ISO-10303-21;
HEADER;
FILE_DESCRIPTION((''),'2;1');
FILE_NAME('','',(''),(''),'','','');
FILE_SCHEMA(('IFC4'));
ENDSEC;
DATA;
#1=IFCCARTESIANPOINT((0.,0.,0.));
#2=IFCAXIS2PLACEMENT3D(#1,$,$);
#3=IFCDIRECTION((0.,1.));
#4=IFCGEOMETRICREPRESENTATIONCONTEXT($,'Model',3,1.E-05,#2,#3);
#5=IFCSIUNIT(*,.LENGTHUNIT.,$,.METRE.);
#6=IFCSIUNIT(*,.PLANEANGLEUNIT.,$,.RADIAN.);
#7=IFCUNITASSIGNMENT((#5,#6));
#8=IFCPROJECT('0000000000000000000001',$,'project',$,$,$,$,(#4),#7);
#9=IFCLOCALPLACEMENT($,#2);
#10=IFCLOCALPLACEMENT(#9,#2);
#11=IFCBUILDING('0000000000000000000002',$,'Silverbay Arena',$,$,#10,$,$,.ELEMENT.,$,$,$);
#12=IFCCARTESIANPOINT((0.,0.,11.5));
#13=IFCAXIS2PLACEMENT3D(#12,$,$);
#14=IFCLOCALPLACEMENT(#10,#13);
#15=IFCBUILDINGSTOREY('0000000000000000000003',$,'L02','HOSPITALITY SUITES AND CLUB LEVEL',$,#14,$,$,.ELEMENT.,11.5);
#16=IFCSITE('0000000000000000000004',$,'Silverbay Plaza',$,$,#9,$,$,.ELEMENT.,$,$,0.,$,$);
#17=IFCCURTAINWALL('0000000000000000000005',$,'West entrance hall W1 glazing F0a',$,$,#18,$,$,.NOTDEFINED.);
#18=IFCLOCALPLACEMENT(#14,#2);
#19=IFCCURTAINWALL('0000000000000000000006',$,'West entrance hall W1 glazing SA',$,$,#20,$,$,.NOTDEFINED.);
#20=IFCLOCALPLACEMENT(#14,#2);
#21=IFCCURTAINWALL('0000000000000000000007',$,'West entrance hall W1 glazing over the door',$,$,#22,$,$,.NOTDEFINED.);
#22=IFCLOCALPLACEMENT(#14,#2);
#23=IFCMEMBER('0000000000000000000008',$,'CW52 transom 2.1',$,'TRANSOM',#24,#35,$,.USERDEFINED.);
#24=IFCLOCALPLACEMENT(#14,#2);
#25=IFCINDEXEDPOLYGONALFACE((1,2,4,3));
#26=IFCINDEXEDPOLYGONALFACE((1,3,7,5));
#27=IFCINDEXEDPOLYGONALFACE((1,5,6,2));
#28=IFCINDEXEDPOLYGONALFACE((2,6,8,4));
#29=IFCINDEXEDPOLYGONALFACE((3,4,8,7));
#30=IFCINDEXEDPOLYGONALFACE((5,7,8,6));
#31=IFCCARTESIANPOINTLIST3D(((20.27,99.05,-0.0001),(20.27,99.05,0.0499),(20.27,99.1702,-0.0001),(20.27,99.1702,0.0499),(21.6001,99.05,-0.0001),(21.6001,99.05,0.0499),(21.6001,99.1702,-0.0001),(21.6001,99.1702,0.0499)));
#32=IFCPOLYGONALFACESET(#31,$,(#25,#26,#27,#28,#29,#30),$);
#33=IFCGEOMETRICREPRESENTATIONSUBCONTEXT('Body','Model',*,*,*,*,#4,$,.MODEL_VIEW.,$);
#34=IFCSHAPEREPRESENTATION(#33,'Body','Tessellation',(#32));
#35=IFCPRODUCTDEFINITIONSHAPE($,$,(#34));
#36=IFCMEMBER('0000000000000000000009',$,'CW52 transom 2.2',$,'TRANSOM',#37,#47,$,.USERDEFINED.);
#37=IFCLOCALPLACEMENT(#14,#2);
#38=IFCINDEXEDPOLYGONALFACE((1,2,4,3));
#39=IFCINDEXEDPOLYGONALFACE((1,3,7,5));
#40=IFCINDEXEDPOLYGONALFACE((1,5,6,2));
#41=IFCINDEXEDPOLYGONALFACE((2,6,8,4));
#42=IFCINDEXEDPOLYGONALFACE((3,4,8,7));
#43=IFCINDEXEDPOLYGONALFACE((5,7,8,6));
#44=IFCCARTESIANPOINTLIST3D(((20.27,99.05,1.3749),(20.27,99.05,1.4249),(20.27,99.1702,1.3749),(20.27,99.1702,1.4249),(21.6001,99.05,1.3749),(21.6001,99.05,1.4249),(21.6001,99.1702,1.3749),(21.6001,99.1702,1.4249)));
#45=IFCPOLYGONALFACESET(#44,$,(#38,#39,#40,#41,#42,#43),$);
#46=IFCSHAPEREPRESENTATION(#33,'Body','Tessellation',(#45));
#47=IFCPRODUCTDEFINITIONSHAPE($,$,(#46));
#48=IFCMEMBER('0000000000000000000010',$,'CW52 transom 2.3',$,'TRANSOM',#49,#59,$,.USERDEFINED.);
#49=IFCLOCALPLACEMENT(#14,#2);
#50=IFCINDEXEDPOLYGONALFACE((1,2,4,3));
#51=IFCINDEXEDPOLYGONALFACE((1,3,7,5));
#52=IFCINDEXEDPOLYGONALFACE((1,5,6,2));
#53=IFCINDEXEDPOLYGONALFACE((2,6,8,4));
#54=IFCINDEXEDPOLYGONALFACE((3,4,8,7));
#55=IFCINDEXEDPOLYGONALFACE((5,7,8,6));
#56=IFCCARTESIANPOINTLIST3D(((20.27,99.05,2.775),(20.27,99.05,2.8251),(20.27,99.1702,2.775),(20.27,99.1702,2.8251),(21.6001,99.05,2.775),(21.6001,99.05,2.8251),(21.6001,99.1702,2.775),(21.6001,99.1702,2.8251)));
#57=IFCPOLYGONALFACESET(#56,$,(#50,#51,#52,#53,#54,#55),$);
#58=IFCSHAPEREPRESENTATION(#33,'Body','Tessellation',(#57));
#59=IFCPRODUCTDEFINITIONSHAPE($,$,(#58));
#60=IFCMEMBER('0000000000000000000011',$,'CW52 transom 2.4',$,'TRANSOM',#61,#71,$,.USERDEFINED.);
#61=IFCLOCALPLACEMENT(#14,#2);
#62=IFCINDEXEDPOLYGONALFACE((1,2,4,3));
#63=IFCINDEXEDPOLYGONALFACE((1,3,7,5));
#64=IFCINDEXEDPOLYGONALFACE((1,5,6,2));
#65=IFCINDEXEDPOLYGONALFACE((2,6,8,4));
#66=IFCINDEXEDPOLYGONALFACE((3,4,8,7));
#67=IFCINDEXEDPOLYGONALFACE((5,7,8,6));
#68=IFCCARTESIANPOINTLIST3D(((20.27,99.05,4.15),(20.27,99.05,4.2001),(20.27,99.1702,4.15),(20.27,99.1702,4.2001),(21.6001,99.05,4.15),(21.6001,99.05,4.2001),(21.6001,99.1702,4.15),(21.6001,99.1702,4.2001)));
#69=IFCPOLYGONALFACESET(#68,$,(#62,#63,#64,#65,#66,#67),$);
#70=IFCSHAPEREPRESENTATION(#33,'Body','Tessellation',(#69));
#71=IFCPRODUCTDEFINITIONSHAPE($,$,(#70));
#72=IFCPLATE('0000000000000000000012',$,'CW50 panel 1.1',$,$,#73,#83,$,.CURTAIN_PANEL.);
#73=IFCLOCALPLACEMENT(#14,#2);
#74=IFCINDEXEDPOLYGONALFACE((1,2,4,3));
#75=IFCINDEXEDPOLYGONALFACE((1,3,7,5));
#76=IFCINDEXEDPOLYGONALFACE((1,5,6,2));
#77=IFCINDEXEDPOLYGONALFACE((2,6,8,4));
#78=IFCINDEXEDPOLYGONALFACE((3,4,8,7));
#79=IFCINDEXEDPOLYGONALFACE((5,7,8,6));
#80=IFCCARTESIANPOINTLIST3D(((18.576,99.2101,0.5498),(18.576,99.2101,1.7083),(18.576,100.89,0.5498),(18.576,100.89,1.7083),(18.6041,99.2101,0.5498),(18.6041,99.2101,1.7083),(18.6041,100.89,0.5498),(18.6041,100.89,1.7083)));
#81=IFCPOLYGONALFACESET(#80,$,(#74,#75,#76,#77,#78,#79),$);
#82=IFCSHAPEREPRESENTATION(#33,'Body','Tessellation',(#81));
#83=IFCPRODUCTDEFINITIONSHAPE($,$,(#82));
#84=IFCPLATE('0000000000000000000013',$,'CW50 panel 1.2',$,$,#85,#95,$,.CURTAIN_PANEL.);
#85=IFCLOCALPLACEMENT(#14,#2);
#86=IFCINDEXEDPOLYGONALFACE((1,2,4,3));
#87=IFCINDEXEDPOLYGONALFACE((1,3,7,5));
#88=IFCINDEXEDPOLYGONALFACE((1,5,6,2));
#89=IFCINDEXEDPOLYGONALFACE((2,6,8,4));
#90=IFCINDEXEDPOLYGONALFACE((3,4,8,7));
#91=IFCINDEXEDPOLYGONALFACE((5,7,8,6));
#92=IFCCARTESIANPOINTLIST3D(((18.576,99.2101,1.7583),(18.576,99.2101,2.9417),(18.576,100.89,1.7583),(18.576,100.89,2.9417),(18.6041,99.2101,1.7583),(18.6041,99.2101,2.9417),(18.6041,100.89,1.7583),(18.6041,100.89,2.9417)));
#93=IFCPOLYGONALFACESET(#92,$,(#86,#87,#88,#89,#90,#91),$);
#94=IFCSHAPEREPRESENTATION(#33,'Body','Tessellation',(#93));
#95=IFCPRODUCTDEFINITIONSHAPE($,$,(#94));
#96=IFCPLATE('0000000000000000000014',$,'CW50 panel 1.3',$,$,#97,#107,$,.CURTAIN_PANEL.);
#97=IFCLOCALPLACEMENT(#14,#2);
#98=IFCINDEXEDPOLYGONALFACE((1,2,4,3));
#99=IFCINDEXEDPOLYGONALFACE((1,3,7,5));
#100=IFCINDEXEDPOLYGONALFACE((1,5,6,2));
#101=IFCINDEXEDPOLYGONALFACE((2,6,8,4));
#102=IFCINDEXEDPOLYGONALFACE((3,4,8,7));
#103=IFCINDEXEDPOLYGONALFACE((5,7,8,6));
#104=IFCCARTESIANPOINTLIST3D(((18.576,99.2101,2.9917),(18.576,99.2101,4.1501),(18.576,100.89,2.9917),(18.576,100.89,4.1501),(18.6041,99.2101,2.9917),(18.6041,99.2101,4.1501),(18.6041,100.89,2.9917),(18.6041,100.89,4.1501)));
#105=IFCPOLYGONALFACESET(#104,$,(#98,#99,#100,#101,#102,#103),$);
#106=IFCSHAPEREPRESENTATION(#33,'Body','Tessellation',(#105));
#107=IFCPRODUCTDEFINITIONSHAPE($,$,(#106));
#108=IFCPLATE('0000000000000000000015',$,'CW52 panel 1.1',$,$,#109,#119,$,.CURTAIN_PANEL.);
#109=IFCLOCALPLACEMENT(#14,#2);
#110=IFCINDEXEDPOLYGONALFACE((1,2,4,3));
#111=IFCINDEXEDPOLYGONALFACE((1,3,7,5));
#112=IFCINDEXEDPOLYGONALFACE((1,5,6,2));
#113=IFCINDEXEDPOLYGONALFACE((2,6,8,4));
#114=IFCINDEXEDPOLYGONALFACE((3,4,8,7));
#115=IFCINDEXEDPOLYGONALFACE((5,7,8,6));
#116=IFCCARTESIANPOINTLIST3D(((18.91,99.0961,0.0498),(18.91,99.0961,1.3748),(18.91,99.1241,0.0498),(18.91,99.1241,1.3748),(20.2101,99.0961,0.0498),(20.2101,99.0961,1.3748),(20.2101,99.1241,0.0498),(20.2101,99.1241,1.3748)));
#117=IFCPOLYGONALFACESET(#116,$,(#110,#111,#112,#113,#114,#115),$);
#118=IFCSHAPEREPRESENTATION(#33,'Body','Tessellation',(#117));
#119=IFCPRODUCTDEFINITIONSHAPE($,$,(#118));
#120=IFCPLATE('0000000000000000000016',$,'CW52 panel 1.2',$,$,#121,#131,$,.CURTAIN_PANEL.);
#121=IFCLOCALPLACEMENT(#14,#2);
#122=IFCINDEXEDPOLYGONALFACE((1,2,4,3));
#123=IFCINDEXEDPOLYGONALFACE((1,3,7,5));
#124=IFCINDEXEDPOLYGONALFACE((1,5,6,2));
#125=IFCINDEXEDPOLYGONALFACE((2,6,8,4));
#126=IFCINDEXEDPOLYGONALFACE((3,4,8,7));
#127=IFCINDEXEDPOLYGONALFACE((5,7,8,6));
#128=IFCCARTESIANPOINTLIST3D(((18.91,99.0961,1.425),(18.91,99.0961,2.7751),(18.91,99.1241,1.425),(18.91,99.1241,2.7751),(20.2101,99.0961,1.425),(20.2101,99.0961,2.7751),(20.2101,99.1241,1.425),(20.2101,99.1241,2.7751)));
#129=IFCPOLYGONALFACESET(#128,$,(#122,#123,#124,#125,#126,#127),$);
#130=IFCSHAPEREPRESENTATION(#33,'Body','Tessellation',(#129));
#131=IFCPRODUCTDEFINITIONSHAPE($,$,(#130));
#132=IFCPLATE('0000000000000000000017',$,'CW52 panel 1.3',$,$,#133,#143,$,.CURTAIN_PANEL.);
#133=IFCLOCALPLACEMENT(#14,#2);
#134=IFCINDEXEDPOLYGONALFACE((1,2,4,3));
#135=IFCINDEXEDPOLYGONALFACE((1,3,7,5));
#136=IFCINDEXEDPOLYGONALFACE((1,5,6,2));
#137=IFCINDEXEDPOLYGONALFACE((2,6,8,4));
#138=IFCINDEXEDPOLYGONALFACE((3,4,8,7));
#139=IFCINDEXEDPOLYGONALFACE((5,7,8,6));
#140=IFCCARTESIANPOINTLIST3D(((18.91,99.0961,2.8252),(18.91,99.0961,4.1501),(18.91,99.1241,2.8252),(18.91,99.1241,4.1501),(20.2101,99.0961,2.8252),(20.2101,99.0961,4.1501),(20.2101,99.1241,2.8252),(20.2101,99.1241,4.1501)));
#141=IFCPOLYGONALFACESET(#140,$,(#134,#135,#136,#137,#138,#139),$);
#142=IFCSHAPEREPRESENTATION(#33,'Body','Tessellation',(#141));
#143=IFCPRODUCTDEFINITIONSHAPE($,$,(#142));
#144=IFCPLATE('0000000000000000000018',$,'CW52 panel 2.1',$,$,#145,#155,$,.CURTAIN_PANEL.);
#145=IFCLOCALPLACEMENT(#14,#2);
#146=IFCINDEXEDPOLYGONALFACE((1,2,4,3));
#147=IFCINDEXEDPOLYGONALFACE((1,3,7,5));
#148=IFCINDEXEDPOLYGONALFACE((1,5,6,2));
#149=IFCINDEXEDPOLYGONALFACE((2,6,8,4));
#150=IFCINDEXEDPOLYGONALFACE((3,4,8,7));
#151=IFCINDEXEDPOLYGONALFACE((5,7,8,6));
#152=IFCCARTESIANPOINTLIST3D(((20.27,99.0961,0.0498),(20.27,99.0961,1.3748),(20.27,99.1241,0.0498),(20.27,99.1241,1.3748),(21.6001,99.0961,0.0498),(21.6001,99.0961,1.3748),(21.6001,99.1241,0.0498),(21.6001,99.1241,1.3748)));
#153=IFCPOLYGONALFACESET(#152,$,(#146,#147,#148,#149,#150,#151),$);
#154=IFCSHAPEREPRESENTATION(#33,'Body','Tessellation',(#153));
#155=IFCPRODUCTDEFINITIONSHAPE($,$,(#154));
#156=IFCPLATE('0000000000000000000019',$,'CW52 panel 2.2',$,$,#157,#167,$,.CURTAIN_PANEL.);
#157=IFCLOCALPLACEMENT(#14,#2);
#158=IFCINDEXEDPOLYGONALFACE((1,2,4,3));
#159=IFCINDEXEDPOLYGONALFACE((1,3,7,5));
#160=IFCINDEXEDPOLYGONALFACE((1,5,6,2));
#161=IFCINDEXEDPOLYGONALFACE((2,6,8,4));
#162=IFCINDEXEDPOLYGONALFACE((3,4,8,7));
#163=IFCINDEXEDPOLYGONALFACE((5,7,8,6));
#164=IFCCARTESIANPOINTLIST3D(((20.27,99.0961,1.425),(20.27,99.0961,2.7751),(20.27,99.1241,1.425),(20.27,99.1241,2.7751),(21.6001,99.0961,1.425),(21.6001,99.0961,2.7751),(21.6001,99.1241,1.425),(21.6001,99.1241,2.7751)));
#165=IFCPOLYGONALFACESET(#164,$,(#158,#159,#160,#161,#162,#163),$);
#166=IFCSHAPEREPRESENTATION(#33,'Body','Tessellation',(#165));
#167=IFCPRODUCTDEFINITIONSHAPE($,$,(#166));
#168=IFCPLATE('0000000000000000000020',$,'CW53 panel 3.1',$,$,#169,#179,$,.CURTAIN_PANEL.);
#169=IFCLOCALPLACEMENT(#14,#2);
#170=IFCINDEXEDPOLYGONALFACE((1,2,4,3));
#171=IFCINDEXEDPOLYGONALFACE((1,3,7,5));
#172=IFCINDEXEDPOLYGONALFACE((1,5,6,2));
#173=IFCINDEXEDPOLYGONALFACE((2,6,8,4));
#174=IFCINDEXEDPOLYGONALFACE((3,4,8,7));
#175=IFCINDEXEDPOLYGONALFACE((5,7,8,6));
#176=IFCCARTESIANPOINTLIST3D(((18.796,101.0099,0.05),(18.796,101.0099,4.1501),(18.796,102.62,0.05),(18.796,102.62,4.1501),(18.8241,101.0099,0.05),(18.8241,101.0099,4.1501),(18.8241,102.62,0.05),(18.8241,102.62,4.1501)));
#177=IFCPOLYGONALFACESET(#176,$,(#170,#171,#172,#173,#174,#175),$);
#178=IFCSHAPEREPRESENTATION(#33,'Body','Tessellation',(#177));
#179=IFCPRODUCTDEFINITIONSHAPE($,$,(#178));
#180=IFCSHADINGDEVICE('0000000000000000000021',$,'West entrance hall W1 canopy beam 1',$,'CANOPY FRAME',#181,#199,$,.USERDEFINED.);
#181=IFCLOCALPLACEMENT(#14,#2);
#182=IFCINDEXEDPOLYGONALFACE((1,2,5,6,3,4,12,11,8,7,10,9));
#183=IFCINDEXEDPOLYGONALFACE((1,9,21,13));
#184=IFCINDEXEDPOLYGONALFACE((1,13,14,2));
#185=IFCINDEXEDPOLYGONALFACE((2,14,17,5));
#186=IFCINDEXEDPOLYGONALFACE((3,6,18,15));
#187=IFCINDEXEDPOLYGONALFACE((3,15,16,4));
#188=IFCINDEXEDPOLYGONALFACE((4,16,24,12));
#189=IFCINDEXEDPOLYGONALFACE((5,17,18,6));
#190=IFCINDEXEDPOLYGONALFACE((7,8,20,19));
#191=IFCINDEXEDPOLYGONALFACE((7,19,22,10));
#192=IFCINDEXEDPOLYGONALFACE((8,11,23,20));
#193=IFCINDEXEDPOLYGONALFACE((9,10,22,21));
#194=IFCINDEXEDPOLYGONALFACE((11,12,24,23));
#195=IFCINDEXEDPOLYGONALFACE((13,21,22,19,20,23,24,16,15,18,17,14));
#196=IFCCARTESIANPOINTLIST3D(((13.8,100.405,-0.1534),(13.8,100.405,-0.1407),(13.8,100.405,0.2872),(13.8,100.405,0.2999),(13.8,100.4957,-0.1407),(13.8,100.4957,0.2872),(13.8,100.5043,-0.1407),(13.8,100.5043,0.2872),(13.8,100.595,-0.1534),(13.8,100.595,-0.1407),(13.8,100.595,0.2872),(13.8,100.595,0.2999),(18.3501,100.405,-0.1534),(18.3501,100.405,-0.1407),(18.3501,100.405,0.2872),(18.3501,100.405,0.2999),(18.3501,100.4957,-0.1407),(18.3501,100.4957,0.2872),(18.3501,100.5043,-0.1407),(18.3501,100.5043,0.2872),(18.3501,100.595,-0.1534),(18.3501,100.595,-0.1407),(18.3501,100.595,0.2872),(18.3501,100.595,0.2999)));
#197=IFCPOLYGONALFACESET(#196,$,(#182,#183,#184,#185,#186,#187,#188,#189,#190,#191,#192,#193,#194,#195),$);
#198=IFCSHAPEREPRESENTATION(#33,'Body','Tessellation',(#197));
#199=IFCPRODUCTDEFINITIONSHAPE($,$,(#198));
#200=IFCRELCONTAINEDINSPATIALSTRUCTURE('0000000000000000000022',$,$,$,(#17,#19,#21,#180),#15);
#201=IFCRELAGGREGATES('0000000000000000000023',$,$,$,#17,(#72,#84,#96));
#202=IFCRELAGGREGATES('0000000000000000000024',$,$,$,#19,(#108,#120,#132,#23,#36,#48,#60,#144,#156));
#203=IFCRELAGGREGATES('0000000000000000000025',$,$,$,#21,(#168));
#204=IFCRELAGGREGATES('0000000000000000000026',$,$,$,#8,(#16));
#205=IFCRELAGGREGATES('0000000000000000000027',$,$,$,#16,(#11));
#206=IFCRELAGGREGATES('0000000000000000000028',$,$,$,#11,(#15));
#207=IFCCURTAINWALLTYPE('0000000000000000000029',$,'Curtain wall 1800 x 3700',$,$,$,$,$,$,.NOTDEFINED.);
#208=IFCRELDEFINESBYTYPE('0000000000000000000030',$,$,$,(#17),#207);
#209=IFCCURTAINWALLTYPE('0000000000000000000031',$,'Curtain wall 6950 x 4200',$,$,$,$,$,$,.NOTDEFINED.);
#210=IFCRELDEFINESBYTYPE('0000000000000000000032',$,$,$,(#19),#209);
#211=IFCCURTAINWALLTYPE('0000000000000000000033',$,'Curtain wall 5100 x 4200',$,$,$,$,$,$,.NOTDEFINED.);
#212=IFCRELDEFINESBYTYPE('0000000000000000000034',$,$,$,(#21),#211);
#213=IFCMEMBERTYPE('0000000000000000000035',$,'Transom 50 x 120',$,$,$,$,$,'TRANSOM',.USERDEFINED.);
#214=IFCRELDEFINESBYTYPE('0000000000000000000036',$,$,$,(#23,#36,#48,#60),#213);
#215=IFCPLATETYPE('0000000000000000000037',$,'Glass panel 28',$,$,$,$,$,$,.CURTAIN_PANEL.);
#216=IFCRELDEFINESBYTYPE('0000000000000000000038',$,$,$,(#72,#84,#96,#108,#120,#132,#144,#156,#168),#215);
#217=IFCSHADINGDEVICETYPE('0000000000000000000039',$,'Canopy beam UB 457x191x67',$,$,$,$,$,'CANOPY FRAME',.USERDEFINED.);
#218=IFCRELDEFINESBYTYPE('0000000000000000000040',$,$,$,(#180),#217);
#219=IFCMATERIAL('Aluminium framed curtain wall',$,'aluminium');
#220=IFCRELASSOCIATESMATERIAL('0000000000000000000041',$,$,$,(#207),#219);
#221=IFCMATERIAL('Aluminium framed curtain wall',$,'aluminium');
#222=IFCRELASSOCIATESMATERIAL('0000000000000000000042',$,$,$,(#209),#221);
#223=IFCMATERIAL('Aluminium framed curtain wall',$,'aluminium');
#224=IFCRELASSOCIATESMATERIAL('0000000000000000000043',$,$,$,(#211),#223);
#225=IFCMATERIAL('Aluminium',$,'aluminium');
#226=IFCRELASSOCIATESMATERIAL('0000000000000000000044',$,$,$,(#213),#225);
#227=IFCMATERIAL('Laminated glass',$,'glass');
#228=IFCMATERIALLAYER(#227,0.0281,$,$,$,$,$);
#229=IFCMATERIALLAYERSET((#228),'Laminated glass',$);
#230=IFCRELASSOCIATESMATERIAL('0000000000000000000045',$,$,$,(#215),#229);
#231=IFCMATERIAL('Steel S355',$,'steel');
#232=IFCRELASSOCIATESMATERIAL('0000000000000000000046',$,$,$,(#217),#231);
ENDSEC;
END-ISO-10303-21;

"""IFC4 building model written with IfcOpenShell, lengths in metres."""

from ifc_helpers import new_model, si_unit, direction, frame, origin, origin_2d, place, context, subcontext, project, spatial, rectangle, i_section, extrude, material, layer, layer_set, material_profile, profile_set, type_object, element, aggregate, save


model = new_model("IFC4")

# Units and contexts
model_context = context("Model", 3, precision=1e-05, world=origin(), true_north=direction((0.0, 1.0)))
body_context = subcontext(model_context, "Body", "Model", "MODEL_VIEW")
ifc_project = project(units=[si_unit("LENGTHUNIT", "METRE"), si_unit("PLANEANGLEUNIT", "RADIAN")], contexts=[model_context])

# Site, building, storey
site_placement = place(None, origin())
site = spatial("IfcSite", under=ifc_project, at=site_placement, Name="Silverbay Plaza", CompositionType="ELEMENT", RefElevation=0.0)
building_placement = place(site_placement, origin())
building = spatial("IfcBuilding", under=site, at=building_placement, Name="Silverbay Arena", CompositionType="ELEMENT")
storey_placement = place(building_placement, frame((0.0, 0.0, 11.5)))
storey = spatial("IfcBuildingStorey", under=building, at=storey_placement, Name="L02", Description="HOSPITALITY SUITES AND CLUB LEVEL", CompositionType="ELEMENT", Elevation=11.5)

# Curtain walls
ifc_material_1 = material(Name="Aluminium framed curtain wall", Category="aluminium")
curtain_wall_type_1 = type_object("IfcCurtainWallType", Name="Curtain wall 1800 x 3700", PredefinedType="NOTDEFINED", material=ifc_material_1)
curtain_wall_1_placement = place(storey_placement, origin())
curtain_wall_1 = element("IfcCurtainWall", 1, at=curtain_wall_1_placement, inside=storey, type_object=curtain_wall_type_1, Name="West entrance hall W1 glazing F0a", PredefinedType="NOTDEFINED")
ifc_material_2 = material(Name="Aluminium framed curtain wall", Category="aluminium")
curtain_wall_type_2 = type_object("IfcCurtainWallType", Name="Curtain wall 6950 x 4200", PredefinedType="NOTDEFINED", material=ifc_material_2)
curtain_wall_2_placement = place(storey_placement, origin())
curtain_wall_2 = element("IfcCurtainWall", 2, at=curtain_wall_2_placement, inside=storey, type_object=curtain_wall_type_2, Name="West entrance hall W1 glazing SA", PredefinedType="NOTDEFINED")

# Curtain wall
ifc_material_3 = material(Name="Aluminium framed curtain wall", Category="aluminium")
curtain_wall_type_3 = type_object("IfcCurtainWallType", Name="Curtain wall 5100 x 4200", PredefinedType="NOTDEFINED", material=ifc_material_3)
curtain_wall_3_placement = place(storey_placement, origin())
curtain_wall_3 = element("IfcCurtainWall", 3, at=curtain_wall_3_placement, inside=storey, type_object=curtain_wall_type_3, Name="West entrance hall W1 glazing over the door", PredefinedType="NOTDEFINED")

# Members
ifc_material_4 = material(Name="Aluminium", Category="aluminium")
ifc_material_profile_1 = material_profile(ifc_material_4, rectangle(XDim=0.1201, YDim=0.05, at=origin_2d()), Name="Transom 50 x 120")
ifc_profile_set_1 = profile_set([ifc_material_profile_1], Name="Aluminium")
member_type_1 = type_object("IfcMemberType", Name="Transom 50 x 120", ElementType="TRANSOM", PredefinedType="USERDEFINED", material=ifc_profile_set_1)
member_1_placement = place(storey_placement, frame((20.27, 99.1101, 0.0249), z_axis=(1.0, 0.0, 0.0), x_axis=(0.0, 1.0, 0.0)))
member_1 = element("IfcMember", 4, at=member_1_placement, type_object=member_type_1, Name="CW52 transom 2.1", ObjectType="TRANSOM", PredefinedType="USERDEFINED", context=body_context, shape_type="SweptSolid", body=[
    extrude(rectangle(XDim=0.1201, YDim=0.05, at=origin_2d()), origin(), (0.0, 0.0, 1.0), 1.3301),
])
member_2_placement = place(storey_placement, frame((20.27, 99.1101, 1.3999), z_axis=(1.0, 0.0, 0.0), x_axis=(0.0, 1.0, 0.0)))
member_2 = element("IfcMember", 5, at=member_2_placement, type_object=member_type_1, Name="CW52 transom 2.2", ObjectType="TRANSOM", PredefinedType="USERDEFINED", context=body_context, shape_type="SweptSolid", body=[
    extrude(rectangle(XDim=0.1201, YDim=0.05, at=origin_2d()), origin(), (0.0, 0.0, 1.0), 1.3301),
])
member_3_placement = place(storey_placement, frame((20.27, 99.1101, 2.8), z_axis=(1.0, 0.0, 0.0), x_axis=(0.0, 1.0, 0.0)))
member_3 = element("IfcMember", 6, at=member_3_placement, type_object=member_type_1, Name="CW52 transom 2.3", ObjectType="TRANSOM", PredefinedType="USERDEFINED", context=body_context, shape_type="SweptSolid", body=[
    extrude(rectangle(XDim=0.1201, YDim=0.05, at=origin_2d()), origin(), (0.0, 0.0, 1.0), 1.3301),
])
member_4_placement = place(storey_placement, frame((20.27, 99.1101, 4.175), z_axis=(1.0, 0.0, 0.0), x_axis=(0.0, 1.0, 0.0)))
member_4 = element("IfcMember", 7, at=member_4_placement, type_object=member_type_1, Name="CW52 transom 2.4", ObjectType="TRANSOM", PredefinedType="USERDEFINED", context=body_context, shape_type="SweptSolid", body=[
    extrude(rectangle(XDim=0.1201, YDim=0.05, at=origin_2d()), origin(), (0.0, 0.0, 1.0), 1.3301),
])

# Plates
ifc_material_5 = material(Name="Laminated glass", Category="glass")
ifc_layer = layer(ifc_material_5, 0.0281)
ifc_layer_set = layer_set([ifc_layer], Name="Laminated glass")
plate_type = type_object("IfcPlateType", Name="Glass panel 28", PredefinedType="CURTAIN_PANEL", material=ifc_layer_set)
plate_1_placement = place(storey_placement, frame((18.5901, 100.05, 0.5498), z_axis=(0.0, 0.0, 1.0), x_axis=(0.0, 1.0, 0.0)))
plate_1 = element("IfcPlate", 8, at=plate_1_placement, type_object=plate_type, Name="CW50 panel 1.1", PredefinedType="CURTAIN_PANEL", context=body_context, shape_type="SweptSolid", body=[
    extrude(rectangle(XDim=1.6799, YDim=0.0281, at=origin_2d()), origin(), (0.0, 0.0, 1.0), 1.1584),
])
plate_2_placement = place(storey_placement, frame((18.5901, 100.05, 1.7583), z_axis=(0.0, 0.0, 1.0), x_axis=(0.0, 1.0, 0.0)))
plate_2 = element("IfcPlate", 9, at=plate_2_placement, type_object=plate_type, Name="CW50 panel 1.2", PredefinedType="CURTAIN_PANEL", context=body_context, shape_type="SweptSolid", body=[
    extrude(rectangle(XDim=1.6799, YDim=0.0281, at=origin_2d()), origin(), (0.0, 0.0, 1.0), 1.1833),
])
plate_3_placement = place(storey_placement, frame((18.5901, 100.05, 2.9917), z_axis=(0.0, 0.0, 1.0), x_axis=(0.0, 1.0, 0.0)))
plate_3 = element("IfcPlate", 10, at=plate_3_placement, type_object=plate_type, Name="CW50 panel 1.3", PredefinedType="CURTAIN_PANEL", context=body_context, shape_type="SweptSolid", body=[
    extrude(rectangle(XDim=1.6799, YDim=0.0281, at=origin_2d()), origin(), (0.0, 0.0, 1.0), 1.1584),
])
aggregate(curtain_wall_1, [plate_1, plate_2, plate_3])
plate_4_placement = place(storey_placement, frame((19.5601, 99.1101, 0.0498), z_axis=(0.0, 0.0, 1.0), x_axis=(1.0, 0.0, 0.0)))
plate_4 = element("IfcPlate", 11, at=plate_4_placement, type_object=plate_type, Name="CW52 panel 1.1", PredefinedType="CURTAIN_PANEL", context=body_context, shape_type="SweptSolid", body=[
    extrude(rectangle(XDim=1.3, YDim=0.0281, at=origin_2d()), origin(), (0.0, 0.0, 1.0), 1.325),
])
plate_5_placement = place(storey_placement, frame((19.5601, 99.1101, 1.425), z_axis=(0.0, 0.0, 1.0), x_axis=(1.0, 0.0, 0.0)))
plate_5 = element("IfcPlate", 12, at=plate_5_placement, type_object=plate_type, Name="CW52 panel 1.2", PredefinedType="CURTAIN_PANEL", context=body_context, shape_type="SweptSolid", body=[
    extrude(rectangle(XDim=1.3, YDim=0.0281, at=origin_2d()), origin(), (0.0, 0.0, 1.0), 1.3501),
])
plate_6_placement = place(storey_placement, frame((19.5601, 99.1101, 2.8252), z_axis=(0.0, 0.0, 1.0), x_axis=(1.0, 0.0, 0.0)))
plate_6 = element("IfcPlate", 13, at=plate_6_placement, type_object=plate_type, Name="CW52 panel 1.3", PredefinedType="CURTAIN_PANEL", context=body_context, shape_type="SweptSolid", body=[
    extrude(rectangle(XDim=1.3, YDim=0.0281, at=origin_2d()), origin(), (0.0, 0.0, 1.0), 1.325),
])
plate_7_placement = place(storey_placement, frame((20.9351, 99.1101, 0.0498), z_axis=(0.0, 0.0, 1.0), x_axis=(1.0, 0.0, 0.0)))
plate_7 = element("IfcPlate", 14, at=plate_7_placement, type_object=plate_type, Name="CW52 panel 2.1", PredefinedType="CURTAIN_PANEL", context=body_context, shape_type="SweptSolid", body=[
    extrude(rectangle(XDim=1.3301, YDim=0.0281, at=origin_2d()), origin(), (0.0, 0.0, 1.0), 1.325),
])
plate_8_placement = place(storey_placement, frame((20.9351, 99.1101, 1.425), z_axis=(0.0, 0.0, 1.0), x_axis=(1.0, 0.0, 0.0)))
plate_8 = element("IfcPlate", 15, at=plate_8_placement, type_object=plate_type, Name="CW52 panel 2.2", PredefinedType="CURTAIN_PANEL", context=body_context, shape_type="SweptSolid", body=[
    extrude(rectangle(XDim=1.3301, YDim=0.0281, at=origin_2d()), origin(), (0.0, 0.0, 1.0), 1.3501),
])
aggregate(curtain_wall_2, [plate_4, plate_5, plate_6, member_1, member_2, member_3, member_4, plate_7, plate_8])
plate_9_placement = place(storey_placement, frame((18.8101, 101.8149, 0.05), z_axis=(0.0, 0.0, 1.0), x_axis=(0.0, -1.0, 0.0)))
plate_9 = element("IfcPlate", 16, at=plate_9_placement, type_object=plate_type, Name="CW53 panel 3.1", PredefinedType="CURTAIN_PANEL", context=body_context, shape_type="SweptSolid", body=[
    extrude(rectangle(XDim=1.6101, YDim=0.0281, at=origin_2d()), origin(), (0.0, 0.0, 1.0), 4.1001),
])
aggregate(curtain_wall_3, [plate_9])

# Shading device
ifc_material_6 = material(Name="Steel S355", Category="steel")
ifc_material_profile_2 = material_profile(ifc_material_6, i_section(OverallWidth=0.1899, OverallDepth=0.4534, WebThickness=0.0085, FlangeThickness=0.0127, at=origin_2d()), Name="UB 457x191x67")
ifc_profile_set_2 = profile_set([ifc_material_profile_2], Name="Steel S355")
shading_device_type_1 = type_object("IfcShadingDeviceType", Name="Canopy beam UB 457x191x67", ElementType="CANOPY FRAME", PredefinedType="USERDEFINED", material=ifc_profile_set_2)
shading_device_1_placement = place(storey_placement, frame((18.3501, 100.5, 0.0732), z_axis=(-1.0, 0.0, 0.0), x_axis=(0.0, -1.0, 0.0)))
element("IfcShadingDevice", 17, at=shading_device_1_placement, inside=storey, type_object=shading_device_type_1, Name="West entrance hall W1 canopy beam 1", ObjectType="CANOPY FRAME", PredefinedType="USERDEFINED", context=body_context, shape_type="SweptSolid", body=[
    extrude(i_section(OverallWidth=0.1899, OverallDepth=0.4534, WebThickness=0.0085, FlangeThickness=0.0127, at=origin_2d()), origin(), (0.0, 0.0, 1.0), 4.55),
])

save(model, "model.ifc")
